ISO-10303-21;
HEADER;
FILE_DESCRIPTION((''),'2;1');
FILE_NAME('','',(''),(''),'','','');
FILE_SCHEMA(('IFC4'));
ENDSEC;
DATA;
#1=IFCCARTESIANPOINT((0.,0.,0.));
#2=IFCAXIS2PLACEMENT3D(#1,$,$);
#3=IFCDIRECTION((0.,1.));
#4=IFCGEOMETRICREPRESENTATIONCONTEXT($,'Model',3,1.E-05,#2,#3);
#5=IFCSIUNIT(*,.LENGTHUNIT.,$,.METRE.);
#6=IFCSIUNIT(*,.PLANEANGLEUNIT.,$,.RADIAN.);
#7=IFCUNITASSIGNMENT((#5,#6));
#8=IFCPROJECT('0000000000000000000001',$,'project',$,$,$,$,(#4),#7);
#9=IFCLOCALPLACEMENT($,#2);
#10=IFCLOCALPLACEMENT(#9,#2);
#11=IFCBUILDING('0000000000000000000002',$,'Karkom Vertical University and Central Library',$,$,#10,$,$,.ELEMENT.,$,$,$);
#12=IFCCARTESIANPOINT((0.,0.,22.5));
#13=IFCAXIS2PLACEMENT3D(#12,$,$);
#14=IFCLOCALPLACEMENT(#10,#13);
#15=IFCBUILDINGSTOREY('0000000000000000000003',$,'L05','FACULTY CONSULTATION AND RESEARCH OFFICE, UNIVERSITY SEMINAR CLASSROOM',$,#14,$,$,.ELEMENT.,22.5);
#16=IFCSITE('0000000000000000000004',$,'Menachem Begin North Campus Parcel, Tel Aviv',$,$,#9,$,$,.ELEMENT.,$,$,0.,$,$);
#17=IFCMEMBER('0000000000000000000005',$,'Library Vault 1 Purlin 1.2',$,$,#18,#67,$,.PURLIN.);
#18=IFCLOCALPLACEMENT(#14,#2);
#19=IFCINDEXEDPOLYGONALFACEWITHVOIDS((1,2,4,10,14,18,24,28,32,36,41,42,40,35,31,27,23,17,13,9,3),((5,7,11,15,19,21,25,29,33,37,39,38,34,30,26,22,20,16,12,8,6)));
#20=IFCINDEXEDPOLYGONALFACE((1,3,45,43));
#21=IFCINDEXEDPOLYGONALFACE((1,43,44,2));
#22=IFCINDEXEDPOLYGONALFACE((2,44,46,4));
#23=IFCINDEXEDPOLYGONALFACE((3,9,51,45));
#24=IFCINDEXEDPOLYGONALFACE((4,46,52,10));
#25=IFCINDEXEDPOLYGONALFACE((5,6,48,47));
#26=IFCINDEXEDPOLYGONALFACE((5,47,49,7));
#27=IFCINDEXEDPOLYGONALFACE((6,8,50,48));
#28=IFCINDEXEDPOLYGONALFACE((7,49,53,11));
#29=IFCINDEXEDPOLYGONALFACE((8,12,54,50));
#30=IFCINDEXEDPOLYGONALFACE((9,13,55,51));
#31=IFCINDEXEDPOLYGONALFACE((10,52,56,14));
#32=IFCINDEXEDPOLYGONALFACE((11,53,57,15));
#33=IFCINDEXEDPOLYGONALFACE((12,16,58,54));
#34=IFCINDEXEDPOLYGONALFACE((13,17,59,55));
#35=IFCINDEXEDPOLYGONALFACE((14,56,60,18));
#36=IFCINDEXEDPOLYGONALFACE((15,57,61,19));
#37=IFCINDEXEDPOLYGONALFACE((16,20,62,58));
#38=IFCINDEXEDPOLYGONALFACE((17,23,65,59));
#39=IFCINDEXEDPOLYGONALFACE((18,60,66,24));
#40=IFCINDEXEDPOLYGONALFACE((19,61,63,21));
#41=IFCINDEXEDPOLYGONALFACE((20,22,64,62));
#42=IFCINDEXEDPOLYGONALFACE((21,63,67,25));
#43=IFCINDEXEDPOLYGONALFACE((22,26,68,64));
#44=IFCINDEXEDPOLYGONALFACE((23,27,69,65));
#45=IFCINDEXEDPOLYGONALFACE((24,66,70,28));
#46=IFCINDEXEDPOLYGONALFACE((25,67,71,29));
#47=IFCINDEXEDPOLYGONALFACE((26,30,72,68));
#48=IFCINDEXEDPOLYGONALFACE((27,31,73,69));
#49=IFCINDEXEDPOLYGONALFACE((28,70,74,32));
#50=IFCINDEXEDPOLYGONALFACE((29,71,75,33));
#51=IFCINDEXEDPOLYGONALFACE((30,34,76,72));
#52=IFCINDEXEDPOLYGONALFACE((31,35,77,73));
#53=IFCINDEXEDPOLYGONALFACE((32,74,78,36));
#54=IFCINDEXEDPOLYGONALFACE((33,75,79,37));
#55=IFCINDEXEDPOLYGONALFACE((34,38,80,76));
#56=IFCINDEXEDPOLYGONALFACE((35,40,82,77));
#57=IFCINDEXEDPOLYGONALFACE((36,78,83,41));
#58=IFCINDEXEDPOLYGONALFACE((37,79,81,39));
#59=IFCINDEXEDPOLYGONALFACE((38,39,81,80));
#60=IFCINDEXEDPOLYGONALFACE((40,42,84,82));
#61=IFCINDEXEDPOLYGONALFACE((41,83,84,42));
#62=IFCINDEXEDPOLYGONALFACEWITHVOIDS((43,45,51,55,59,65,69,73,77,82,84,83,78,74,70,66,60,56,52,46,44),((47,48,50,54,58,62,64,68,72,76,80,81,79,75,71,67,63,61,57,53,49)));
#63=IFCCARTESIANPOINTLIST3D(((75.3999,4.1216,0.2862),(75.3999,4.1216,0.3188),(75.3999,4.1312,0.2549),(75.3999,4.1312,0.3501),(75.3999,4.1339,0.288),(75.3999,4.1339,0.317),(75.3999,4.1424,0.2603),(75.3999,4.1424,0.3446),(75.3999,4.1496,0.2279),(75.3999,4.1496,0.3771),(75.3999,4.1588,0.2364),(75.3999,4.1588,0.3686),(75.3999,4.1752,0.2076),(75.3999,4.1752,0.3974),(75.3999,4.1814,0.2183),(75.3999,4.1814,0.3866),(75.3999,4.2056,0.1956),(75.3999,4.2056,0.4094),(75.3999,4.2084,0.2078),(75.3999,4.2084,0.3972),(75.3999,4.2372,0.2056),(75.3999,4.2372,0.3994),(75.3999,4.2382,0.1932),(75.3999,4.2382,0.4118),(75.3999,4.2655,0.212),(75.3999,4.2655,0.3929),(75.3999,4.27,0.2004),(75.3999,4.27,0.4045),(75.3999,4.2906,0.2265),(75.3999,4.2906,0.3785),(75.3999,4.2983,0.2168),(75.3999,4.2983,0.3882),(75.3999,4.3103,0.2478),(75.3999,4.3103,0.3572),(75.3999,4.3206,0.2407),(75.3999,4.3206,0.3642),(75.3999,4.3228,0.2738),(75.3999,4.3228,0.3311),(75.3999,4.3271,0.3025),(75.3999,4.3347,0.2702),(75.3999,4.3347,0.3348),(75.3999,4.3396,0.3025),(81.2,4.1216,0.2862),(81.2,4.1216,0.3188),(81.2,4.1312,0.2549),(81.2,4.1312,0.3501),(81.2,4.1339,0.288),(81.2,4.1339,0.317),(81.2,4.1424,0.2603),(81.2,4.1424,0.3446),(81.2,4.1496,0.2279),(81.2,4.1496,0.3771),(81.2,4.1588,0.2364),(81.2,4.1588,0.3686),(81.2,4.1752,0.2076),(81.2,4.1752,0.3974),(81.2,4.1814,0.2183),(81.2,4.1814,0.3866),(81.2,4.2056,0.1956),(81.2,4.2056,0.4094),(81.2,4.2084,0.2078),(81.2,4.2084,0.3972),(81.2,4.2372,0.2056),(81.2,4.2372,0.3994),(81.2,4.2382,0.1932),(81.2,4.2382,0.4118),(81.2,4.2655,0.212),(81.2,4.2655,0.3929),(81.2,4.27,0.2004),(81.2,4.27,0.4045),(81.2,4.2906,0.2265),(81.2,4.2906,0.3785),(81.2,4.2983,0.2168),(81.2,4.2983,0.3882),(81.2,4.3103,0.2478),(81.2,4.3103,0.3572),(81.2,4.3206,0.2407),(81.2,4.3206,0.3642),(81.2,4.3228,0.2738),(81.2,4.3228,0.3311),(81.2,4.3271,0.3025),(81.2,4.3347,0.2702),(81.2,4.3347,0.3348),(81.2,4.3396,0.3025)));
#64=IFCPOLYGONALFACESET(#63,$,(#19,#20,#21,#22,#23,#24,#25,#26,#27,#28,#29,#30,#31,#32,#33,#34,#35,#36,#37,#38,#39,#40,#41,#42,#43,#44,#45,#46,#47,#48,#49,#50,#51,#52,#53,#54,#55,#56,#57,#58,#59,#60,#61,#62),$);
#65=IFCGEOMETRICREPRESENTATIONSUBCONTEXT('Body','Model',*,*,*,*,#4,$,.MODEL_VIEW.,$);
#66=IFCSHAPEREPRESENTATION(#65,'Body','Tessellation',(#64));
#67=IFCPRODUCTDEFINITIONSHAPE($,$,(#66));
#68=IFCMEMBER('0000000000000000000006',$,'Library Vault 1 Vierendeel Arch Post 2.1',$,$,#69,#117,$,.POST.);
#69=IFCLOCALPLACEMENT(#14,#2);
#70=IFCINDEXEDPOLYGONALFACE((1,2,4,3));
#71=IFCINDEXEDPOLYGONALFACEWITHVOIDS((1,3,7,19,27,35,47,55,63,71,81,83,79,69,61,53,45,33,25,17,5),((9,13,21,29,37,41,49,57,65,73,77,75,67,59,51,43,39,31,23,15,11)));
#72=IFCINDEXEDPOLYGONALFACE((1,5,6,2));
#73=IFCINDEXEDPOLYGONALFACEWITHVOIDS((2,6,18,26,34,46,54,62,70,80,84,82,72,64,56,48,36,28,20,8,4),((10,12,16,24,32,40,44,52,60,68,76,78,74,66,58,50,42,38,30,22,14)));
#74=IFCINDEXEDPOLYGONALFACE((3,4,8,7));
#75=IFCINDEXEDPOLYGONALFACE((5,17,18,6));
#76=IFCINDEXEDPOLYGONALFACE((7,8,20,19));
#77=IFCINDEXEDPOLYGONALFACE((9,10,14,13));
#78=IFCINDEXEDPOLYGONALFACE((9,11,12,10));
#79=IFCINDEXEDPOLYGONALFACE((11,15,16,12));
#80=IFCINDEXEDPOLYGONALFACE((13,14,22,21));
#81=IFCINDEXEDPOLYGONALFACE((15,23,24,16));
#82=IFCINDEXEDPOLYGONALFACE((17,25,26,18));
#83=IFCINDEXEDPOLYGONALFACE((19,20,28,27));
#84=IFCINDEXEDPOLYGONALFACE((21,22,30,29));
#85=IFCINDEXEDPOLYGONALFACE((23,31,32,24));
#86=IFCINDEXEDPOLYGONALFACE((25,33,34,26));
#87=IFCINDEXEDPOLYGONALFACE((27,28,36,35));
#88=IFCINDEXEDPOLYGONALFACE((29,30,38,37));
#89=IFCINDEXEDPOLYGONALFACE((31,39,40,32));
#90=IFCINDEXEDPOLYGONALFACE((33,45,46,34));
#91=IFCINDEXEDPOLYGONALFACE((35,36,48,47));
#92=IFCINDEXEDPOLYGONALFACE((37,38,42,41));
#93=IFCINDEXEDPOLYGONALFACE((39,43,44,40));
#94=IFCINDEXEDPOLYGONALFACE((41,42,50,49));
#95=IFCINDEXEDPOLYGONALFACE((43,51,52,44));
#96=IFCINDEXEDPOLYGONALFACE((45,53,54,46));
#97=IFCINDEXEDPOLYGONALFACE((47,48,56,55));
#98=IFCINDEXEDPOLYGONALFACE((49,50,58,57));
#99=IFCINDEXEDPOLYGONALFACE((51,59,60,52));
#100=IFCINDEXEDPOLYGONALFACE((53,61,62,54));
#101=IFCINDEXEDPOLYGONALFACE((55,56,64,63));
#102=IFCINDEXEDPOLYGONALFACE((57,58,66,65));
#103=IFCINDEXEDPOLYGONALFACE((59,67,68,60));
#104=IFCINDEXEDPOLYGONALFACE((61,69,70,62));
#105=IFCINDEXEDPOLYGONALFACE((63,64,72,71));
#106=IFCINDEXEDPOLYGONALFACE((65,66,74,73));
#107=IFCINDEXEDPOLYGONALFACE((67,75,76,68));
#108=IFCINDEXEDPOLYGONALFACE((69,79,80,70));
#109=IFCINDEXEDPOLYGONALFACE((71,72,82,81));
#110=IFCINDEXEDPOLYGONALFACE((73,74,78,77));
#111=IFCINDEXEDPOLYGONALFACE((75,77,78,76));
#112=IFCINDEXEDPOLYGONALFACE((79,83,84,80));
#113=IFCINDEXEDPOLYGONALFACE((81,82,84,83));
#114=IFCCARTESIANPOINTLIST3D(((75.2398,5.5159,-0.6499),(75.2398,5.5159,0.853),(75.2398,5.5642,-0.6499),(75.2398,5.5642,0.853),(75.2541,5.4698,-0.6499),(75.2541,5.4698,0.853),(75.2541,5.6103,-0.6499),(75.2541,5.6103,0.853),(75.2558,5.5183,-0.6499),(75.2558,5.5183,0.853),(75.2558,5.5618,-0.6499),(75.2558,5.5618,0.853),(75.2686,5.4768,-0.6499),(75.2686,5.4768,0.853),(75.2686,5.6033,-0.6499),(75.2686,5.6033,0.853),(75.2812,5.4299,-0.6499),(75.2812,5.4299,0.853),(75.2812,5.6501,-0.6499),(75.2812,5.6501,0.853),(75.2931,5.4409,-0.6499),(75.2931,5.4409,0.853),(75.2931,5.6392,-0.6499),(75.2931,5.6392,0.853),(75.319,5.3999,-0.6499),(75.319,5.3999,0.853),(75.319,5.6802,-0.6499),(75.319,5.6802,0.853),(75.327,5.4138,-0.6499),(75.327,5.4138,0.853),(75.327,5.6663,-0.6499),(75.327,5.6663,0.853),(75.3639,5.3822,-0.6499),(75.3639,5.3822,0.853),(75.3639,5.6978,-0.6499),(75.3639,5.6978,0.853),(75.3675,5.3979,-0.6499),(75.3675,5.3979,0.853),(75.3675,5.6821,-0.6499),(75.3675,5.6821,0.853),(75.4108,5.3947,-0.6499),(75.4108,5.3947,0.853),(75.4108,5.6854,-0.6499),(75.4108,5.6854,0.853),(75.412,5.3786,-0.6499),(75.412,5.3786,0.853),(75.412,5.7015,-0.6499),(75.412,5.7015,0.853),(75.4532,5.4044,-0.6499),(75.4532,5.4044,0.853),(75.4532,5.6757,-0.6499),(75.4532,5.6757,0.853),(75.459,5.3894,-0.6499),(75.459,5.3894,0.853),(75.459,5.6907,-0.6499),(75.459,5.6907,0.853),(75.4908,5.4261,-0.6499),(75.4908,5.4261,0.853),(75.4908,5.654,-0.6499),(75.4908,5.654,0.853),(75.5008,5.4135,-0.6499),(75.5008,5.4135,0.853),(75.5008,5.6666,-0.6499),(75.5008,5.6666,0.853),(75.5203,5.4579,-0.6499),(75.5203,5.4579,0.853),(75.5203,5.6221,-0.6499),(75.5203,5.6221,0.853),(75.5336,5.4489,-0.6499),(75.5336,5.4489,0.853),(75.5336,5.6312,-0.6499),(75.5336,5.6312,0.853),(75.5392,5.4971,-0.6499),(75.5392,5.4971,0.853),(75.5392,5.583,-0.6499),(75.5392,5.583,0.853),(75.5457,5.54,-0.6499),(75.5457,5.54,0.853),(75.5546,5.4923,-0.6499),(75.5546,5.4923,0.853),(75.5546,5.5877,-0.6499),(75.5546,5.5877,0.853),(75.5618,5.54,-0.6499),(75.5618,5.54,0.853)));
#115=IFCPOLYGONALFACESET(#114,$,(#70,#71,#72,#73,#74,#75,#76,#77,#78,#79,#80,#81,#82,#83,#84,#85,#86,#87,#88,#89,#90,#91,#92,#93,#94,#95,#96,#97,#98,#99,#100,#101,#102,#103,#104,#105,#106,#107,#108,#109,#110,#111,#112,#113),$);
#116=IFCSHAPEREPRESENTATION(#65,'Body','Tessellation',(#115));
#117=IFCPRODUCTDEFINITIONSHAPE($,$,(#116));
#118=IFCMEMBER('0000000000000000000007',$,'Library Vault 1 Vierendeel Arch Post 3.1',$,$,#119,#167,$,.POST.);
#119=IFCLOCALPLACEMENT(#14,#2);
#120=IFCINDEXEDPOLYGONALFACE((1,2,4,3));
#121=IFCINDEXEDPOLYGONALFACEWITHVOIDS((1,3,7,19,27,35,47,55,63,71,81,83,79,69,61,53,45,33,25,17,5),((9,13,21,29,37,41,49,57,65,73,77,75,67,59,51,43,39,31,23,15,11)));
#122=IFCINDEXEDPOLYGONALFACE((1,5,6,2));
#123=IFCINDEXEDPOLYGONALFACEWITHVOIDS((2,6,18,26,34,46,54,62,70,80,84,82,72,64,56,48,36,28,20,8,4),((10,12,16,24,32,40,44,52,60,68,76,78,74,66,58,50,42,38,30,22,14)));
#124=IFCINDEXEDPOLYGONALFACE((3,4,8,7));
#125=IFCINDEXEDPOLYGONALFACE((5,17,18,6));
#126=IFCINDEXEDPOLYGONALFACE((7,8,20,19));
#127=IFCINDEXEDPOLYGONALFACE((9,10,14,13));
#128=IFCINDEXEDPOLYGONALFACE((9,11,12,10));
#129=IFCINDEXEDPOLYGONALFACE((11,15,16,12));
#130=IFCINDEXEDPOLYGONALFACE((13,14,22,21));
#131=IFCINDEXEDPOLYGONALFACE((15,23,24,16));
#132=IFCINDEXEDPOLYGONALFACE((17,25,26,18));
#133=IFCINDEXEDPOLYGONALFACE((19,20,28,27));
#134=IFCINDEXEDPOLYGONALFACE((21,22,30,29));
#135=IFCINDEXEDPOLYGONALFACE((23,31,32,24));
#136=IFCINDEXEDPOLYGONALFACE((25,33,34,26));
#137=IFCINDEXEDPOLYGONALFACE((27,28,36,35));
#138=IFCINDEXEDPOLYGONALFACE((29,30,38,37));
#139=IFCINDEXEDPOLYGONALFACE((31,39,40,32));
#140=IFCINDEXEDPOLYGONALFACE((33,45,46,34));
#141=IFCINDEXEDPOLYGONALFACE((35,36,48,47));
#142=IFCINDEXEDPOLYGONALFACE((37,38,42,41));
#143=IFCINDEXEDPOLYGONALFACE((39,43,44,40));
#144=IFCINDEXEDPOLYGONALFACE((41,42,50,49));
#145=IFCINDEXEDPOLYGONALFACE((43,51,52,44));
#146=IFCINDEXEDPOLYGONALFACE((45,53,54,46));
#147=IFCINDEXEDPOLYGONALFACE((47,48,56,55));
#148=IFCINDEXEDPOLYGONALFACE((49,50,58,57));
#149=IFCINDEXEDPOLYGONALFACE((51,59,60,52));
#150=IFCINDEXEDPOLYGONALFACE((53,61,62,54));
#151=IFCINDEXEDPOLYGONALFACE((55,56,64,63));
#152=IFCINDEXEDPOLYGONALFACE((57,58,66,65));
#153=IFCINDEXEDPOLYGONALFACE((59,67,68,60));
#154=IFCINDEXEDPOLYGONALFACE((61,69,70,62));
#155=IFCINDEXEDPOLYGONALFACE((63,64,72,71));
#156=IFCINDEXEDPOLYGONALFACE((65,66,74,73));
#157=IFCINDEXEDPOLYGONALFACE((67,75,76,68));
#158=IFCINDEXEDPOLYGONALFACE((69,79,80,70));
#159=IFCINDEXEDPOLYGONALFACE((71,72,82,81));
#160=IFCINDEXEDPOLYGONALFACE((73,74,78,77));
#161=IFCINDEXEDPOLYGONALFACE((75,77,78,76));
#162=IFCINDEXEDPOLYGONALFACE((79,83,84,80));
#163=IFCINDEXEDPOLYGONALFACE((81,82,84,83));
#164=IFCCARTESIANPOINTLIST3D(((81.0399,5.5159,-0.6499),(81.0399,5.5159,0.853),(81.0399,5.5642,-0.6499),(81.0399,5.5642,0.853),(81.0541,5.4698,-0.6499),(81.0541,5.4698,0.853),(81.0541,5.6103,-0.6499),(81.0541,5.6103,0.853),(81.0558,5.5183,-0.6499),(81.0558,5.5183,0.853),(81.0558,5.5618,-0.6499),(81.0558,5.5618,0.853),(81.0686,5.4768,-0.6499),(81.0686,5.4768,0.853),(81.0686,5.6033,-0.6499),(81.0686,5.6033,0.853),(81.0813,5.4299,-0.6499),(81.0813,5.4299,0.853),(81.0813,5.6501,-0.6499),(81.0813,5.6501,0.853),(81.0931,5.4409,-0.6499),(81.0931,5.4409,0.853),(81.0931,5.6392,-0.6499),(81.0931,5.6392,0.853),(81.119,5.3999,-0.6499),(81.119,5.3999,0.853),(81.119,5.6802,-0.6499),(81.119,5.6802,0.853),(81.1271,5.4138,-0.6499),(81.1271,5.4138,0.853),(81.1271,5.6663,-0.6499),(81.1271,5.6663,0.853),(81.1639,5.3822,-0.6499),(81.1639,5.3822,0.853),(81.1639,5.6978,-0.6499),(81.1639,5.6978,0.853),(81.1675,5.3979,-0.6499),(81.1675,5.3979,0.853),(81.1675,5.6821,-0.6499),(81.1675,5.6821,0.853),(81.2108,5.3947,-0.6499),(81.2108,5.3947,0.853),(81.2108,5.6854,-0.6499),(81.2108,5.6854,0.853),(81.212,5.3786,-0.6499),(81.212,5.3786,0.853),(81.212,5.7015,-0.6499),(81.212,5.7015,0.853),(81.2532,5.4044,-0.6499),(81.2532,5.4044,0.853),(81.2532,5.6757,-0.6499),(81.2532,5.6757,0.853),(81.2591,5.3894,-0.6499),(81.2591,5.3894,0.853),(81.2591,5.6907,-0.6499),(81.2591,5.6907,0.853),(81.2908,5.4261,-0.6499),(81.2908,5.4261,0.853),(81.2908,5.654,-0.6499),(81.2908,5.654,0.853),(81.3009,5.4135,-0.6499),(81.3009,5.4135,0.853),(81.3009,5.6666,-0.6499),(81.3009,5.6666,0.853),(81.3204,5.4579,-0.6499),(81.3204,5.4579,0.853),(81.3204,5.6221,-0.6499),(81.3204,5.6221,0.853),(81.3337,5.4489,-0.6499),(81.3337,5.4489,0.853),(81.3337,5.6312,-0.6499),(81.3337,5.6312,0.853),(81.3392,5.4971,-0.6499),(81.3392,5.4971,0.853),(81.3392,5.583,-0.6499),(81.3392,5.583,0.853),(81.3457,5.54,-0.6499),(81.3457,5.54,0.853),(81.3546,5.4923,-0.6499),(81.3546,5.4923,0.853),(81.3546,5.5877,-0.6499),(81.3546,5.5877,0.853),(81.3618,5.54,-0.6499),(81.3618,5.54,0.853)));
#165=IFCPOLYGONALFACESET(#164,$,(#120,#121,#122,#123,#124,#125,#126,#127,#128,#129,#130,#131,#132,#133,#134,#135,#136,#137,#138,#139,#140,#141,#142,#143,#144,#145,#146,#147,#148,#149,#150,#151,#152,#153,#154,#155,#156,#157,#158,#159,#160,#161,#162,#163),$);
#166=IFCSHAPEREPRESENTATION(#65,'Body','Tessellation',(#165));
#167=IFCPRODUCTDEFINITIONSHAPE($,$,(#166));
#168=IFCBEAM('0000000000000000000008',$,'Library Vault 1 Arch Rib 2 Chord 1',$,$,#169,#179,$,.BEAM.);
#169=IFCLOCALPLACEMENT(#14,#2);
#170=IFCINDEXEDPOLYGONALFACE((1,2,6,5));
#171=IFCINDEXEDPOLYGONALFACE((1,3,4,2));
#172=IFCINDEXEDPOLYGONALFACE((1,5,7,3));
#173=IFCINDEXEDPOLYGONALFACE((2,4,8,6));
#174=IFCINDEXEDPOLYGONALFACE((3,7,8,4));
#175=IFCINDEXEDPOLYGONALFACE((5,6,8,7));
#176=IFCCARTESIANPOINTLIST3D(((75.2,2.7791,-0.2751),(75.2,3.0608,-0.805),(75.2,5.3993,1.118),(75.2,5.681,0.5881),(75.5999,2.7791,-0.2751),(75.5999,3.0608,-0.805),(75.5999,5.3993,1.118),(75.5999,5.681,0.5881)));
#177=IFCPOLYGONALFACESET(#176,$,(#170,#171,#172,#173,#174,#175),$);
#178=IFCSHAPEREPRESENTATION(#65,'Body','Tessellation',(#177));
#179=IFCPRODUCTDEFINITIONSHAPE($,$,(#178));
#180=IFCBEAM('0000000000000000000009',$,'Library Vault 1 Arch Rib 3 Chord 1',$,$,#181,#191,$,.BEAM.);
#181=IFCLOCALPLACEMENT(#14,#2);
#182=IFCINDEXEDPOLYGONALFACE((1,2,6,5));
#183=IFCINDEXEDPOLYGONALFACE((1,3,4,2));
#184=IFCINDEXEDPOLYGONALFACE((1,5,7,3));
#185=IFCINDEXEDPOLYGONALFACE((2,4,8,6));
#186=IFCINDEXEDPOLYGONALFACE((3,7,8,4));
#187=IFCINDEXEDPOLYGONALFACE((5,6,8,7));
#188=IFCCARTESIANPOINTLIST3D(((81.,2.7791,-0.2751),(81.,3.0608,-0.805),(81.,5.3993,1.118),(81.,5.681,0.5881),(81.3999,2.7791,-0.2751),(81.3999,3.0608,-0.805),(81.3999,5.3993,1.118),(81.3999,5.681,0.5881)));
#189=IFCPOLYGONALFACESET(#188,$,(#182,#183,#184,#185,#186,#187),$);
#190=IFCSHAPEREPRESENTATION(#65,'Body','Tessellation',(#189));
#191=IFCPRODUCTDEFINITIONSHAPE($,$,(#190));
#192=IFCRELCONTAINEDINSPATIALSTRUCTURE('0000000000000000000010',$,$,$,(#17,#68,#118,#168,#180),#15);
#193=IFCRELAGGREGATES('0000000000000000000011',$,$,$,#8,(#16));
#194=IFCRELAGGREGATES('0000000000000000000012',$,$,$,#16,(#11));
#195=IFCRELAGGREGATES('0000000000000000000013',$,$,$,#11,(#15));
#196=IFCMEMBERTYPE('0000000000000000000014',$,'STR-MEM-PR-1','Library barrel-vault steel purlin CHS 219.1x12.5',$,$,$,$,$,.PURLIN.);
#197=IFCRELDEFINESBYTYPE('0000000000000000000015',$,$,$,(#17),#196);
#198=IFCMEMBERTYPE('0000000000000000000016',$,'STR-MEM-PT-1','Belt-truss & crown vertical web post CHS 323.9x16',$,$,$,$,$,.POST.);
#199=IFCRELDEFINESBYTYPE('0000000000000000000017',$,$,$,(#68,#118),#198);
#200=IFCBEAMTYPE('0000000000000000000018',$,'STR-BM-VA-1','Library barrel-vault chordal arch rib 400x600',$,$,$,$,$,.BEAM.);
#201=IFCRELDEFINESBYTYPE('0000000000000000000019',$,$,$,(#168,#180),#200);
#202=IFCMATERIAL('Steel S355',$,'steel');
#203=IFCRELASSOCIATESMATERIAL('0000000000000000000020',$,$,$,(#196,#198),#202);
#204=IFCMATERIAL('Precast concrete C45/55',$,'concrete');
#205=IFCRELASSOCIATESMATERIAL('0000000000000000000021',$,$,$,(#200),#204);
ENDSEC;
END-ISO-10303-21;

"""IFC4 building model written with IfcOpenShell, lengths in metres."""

from ifc_helpers import new_model, si_unit, direction, frame, origin, origin_with_axes, origin_2d, place, context, subcontext, project, spatial, rectangle, hollow_circle, extrude, source, transform, mapped, material, material_profile, profile_set, type_object, element, save


model = new_model("IFC4")

# Units and contexts
model_context = context("Model", 3, precision=1e-05, world=origin(), true_north=direction((0.0, 1.0)))
body_context = subcontext(model_context, "Body", "Model", "MODEL_VIEW")
ifc_project = project(units=[si_unit("LENGTHUNIT", "METRE"), si_unit("PLANEANGLEUNIT", "RADIAN")], contexts=[model_context])

# Site, building, storey
site_placement = place(None, origin())
site = spatial("IfcSite", under=ifc_project, at=site_placement, Name="Menachem Begin North Campus Parcel, Tel Aviv", CompositionType="ELEMENT", RefElevation=0.0)
building_placement = place(site_placement, origin())
building = spatial("IfcBuilding", under=site, at=building_placement, Name="Karkom Vertical University and Central Library", CompositionType="ELEMENT")
storey_placement = place(building_placement, frame((0.0, 0.0, 22.5)))
storey = spatial("IfcBuildingStorey", under=building, at=storey_placement, Name="L05", Description="FACULTY CONSULTATION AND RESEARCH OFFICE, UNIVERSITY SEMINAR CLASSROOM", CompositionType="ELEMENT", Elevation=22.5)

# Members
ifc_material_1 = material(Name="Steel S355", Category="steel")
ifc_material_profile_1 = material_profile(ifc_material_1, hollow_circle(Radius=0.1096, WallThickness=0.0125, at=origin_2d()), Name="CHS 219.1x12.5")
ifc_profile_set_1 = profile_set([ifc_material_profile_1], Name="Steel S355")
member_type_1 = type_object("IfcMemberType", Name="STR-MEM-PR-1", Description="Library barrel-vault steel purlin CHS 219.1x12.5", PredefinedType="PURLIN", material=ifc_profile_set_1)
shared_shape_1 = source(origin_with_axes(), body_context, "Body", "SweptSolid", [
    extrude(hollow_circle(Radius=0.1096, WallThickness=0.0125, at=origin_2d()), origin(), (0.0, 0.0, 1.0), 5.8),
])
member_placement = place(storey_placement, frame((75.3999, 4.23, 0.3025), z_axis=(1.0, 0.0, 0.0), x_axis=(0.0, 1.0, 0.0)))
element("IfcMember", 1, at=member_placement, inside=storey, type_object=member_type_1, Name="Library Vault 1 Purlin 1.2", PredefinedType="PURLIN", context=body_context, shape_type="MappedRepresentation", body=[
    mapped(shared_shape_1, transform((0.0, 0.0, 0.0), scale=1.0)),
])
ifc_material_profile_2 = material_profile(ifc_material_1, hollow_circle(Radius=0.1619, WallThickness=0.0161, at=origin_2d()), Name="CHS 323.9x16")
ifc_profile_set_2 = profile_set([ifc_material_profile_2], Name="Steel S355")
member_type_2 = type_object("IfcMemberType", Name="STR-MEM-PT-1", Description="Belt-truss & crown vertical web post CHS 323.9x16", PredefinedType="POST", material=ifc_profile_set_2)
shared_shape_2 = source(origin_with_axes(), body_context, "Body", "SweptSolid", [
    extrude(hollow_circle(Radius=0.1619, WallThickness=0.0161, at=origin_2d()), origin(), (0.0, 0.0, 1.0), 1.5029),
])
for number, where, z_axis, x_axis, name in (
    (2, (75.3999, 5.54, -0.6499), (0.0, 0.0, 1.0), (1.0, 0.0, 0.0), "Library Vault 1 Vierendeel Arch Post 2.1"),
    (3, (81.2, 5.54, -0.6499), (0.0, 0.0, 1.0), (1.0, 0.0, 0.0), "Library Vault 1 Vierendeel Arch Post 3.1"),
):
    element("IfcMember", number, at=place(storey_placement, frame(where, z_axis=z_axis, x_axis=x_axis)), inside=storey, type_object=member_type_2, Name=name, PredefinedType="POST", context=body_context, shape_type="MappedRepresentation", body=[
        mapped(shared_shape_2, transform((0.0, 0.0, 0.0), scale=1.0)),
    ])

# Beams
ifc_material_2 = material(Name="Precast concrete C45/55", Category="concrete")
ifc_material_profile_3 = material_profile(ifc_material_2, rectangle(XDim=0.3999, YDim=0.6001, at=origin_2d()), Name="RCB-400x600")
ifc_profile_set_3 = profile_set([ifc_material_profile_3], Name="Precast concrete C45/55")
beam_type = type_object("IfcBeamType", Name="STR-BM-VA-1", Description="Library barrel-vault chordal arch rib 400x600", PredefinedType="BEAM", material=ifc_profile_set_3)
shared_shape_3 = source(origin_with_axes(), body_context, "Body", "SweptSolid", [
    extrude(rectangle(XDim=0.3999, YDim=0.6001, at=origin_2d()), origin(), (0.0, 0.0, 1.0), 2.9675),
])
for number, where, z_axis, x_axis, name in (
    (4, (75.3999, 2.9199, -0.54), (0.0, 0.882958, 0.469452), (-1.0, 0.0, 0.0), "Library Vault 1 Arch Rib 2 Chord 1"),
    (5, (81.2, 2.9199, -0.54), (0.0, 0.882958, 0.469452), (-1.0, 0.0, 0.0), "Library Vault 1 Arch Rib 3 Chord 1"),
):
    element("IfcBeam", number, at=place(storey_placement, frame(where, z_axis=z_axis, x_axis=x_axis)), inside=storey, type_object=beam_type, Name=name, PredefinedType="BEAM", context=body_context, shape_type="MappedRepresentation", body=[
        mapped(shared_shape_3, transform((0.0, 0.0, 0.0), scale=1.0)),
    ])

save(model, "model.ifc")
